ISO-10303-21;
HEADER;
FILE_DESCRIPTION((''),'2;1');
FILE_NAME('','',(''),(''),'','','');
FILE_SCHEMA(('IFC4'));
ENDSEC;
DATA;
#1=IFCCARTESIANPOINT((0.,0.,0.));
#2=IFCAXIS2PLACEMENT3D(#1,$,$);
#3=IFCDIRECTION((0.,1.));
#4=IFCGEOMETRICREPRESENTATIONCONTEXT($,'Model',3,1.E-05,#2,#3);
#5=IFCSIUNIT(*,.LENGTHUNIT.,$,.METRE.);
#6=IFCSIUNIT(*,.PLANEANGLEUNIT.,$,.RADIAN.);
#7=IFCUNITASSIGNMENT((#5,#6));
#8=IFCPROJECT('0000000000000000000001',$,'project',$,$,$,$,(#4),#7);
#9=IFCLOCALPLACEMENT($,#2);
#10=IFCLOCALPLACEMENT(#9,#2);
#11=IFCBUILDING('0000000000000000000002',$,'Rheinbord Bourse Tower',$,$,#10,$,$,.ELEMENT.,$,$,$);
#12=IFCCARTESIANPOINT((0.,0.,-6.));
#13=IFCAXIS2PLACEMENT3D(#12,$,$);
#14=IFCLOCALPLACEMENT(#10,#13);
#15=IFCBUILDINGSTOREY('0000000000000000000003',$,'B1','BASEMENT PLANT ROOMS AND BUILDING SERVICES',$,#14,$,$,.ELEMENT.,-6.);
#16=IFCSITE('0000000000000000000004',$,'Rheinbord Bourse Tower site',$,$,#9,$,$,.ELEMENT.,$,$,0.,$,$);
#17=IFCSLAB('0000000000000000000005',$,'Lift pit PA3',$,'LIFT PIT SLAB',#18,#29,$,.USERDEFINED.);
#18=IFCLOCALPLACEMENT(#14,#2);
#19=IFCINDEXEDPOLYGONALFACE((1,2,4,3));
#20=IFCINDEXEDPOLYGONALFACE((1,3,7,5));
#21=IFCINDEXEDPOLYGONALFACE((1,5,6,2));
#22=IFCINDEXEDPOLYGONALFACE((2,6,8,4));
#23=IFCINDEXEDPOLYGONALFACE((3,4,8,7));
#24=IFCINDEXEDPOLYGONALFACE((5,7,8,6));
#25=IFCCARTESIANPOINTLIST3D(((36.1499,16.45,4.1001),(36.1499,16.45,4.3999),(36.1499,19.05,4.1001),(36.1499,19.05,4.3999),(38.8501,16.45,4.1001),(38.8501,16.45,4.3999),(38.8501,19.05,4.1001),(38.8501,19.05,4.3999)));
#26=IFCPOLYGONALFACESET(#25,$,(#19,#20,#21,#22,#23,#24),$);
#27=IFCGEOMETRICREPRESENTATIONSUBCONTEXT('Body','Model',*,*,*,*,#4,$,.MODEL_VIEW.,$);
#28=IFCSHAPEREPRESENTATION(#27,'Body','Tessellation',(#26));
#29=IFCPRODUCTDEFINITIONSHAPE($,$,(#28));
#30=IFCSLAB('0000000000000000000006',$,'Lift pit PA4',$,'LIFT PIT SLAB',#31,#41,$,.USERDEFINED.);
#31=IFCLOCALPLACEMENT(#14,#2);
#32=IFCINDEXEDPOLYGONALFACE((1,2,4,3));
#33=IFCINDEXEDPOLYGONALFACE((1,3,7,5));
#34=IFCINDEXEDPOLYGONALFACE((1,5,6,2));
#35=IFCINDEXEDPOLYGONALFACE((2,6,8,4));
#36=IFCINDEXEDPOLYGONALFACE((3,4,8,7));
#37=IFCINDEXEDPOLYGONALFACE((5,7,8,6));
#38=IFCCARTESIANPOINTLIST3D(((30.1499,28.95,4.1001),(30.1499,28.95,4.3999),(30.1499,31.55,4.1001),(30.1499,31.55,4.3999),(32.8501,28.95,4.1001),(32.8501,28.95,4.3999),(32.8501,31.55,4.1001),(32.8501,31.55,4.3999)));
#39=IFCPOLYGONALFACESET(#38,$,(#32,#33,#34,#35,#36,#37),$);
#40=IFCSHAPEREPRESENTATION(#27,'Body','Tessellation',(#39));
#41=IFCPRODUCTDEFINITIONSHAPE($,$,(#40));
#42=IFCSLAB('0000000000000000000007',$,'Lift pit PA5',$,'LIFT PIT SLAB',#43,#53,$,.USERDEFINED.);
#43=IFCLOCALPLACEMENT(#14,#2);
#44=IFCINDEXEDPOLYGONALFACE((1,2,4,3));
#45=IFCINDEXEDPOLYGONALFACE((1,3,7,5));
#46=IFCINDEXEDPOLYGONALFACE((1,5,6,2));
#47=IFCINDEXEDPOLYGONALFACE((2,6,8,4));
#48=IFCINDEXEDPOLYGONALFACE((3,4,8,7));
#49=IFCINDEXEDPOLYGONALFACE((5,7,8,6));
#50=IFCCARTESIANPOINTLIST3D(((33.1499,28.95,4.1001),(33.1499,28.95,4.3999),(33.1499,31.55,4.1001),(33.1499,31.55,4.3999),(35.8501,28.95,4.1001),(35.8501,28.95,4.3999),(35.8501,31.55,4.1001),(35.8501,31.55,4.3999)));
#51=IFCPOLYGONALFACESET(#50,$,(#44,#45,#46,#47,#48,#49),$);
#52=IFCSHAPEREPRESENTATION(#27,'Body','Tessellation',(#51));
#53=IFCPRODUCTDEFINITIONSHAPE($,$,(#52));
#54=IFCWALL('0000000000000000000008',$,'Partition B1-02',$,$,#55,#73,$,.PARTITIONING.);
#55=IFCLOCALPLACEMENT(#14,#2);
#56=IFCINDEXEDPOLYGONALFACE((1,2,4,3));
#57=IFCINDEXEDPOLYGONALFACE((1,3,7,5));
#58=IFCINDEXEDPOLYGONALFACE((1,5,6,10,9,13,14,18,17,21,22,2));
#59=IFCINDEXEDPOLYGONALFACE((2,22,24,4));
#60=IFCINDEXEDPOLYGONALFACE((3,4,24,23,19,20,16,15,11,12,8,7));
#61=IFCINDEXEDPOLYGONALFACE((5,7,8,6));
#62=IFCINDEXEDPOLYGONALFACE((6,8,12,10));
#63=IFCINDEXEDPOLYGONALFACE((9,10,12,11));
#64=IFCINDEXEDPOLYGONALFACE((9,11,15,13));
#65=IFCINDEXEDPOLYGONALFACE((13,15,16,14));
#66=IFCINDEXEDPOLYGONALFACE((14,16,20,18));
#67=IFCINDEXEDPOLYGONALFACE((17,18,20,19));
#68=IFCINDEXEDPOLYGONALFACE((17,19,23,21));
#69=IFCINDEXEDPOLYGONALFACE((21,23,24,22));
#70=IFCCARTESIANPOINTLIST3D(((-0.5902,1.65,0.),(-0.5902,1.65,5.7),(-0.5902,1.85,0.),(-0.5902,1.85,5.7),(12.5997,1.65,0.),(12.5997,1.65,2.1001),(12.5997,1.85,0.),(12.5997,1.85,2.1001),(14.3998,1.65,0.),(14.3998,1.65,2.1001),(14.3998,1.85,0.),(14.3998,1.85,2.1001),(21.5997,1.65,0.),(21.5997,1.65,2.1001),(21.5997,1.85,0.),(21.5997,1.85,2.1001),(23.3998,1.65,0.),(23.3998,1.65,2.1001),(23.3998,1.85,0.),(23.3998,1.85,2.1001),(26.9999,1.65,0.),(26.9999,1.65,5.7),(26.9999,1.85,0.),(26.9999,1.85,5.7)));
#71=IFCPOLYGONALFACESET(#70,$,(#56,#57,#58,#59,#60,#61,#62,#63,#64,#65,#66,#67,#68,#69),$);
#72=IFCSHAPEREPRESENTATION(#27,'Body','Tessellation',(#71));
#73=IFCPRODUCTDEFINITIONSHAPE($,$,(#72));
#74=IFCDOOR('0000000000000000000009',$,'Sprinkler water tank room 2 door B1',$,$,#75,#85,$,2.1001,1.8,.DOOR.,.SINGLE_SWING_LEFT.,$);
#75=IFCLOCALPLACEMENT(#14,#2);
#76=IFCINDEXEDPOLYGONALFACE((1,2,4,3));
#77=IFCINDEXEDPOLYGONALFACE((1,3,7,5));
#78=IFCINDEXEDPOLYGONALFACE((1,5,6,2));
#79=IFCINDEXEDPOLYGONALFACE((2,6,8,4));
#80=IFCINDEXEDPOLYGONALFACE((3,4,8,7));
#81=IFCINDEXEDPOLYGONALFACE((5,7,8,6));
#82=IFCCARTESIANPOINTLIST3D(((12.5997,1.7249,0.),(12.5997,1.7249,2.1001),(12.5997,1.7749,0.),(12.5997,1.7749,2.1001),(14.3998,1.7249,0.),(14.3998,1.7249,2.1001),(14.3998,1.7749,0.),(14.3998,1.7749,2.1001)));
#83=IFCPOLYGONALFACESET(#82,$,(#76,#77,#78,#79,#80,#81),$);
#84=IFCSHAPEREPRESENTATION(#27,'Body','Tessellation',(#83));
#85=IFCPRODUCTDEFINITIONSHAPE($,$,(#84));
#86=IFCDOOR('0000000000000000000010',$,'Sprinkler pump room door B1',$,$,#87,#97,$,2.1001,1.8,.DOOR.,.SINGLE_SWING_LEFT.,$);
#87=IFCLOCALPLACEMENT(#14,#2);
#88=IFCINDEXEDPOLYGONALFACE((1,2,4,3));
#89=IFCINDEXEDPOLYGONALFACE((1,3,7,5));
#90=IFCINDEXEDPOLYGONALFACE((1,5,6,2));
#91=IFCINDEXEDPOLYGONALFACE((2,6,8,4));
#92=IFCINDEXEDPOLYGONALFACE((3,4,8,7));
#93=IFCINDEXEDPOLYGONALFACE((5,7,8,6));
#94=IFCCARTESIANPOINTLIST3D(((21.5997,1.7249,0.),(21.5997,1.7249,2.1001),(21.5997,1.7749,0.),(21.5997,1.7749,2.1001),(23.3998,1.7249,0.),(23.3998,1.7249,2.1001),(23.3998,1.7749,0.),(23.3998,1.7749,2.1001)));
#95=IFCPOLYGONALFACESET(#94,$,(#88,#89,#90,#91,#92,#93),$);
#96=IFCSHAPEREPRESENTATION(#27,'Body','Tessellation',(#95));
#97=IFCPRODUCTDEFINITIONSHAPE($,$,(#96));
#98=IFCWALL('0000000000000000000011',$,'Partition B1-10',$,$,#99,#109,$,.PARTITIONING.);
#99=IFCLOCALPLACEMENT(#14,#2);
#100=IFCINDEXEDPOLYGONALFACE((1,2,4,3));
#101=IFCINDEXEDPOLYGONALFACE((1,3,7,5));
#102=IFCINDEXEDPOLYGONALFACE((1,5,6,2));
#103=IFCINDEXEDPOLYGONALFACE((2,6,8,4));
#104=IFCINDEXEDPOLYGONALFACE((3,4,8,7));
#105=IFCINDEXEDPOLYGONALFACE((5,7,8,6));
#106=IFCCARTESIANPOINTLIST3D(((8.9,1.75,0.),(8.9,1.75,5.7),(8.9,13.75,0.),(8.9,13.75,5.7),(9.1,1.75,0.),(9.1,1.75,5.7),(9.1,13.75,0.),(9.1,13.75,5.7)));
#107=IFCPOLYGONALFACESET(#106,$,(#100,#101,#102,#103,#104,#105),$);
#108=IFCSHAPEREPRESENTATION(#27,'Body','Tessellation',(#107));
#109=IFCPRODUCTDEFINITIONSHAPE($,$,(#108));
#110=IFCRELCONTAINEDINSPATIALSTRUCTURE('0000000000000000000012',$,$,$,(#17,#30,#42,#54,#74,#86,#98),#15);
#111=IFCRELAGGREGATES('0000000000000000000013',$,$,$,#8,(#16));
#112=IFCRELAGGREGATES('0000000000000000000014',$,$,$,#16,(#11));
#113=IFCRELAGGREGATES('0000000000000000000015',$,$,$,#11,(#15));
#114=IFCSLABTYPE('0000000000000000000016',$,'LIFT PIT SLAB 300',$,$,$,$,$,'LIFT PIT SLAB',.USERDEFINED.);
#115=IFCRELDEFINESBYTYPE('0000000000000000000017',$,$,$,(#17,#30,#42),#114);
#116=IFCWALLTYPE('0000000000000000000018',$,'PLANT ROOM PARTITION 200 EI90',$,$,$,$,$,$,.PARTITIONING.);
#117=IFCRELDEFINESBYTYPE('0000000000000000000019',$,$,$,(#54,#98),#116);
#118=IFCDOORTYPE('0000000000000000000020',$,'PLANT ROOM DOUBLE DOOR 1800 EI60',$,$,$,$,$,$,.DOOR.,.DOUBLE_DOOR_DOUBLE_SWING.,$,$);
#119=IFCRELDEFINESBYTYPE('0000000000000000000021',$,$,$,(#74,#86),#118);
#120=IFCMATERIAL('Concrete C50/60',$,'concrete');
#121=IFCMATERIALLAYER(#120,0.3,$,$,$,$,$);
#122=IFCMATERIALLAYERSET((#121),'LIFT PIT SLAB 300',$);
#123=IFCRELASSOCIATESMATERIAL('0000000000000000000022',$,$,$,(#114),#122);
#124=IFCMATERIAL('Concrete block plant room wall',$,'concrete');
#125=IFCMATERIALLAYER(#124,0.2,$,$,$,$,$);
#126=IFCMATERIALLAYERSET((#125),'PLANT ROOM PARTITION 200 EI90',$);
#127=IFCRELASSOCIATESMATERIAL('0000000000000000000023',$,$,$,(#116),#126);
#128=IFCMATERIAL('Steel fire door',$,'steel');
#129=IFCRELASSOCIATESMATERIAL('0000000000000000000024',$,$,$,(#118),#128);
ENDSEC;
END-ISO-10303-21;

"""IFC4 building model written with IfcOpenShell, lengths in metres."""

from ifc_helpers import new_model, si_unit, direction, frame, frame_2d, origin, place, context, subcontext, project, spatial, polyline, rectangle, outline, extrude, material, layer, layer_set, type_object, element, fill, save


model = new_model("IFC4")

# Units and contexts
model_context = context("Model", 3, precision=1e-05, world=origin(), true_north=direction((0.0, 1.0)))
body_context = subcontext(model_context, "Body", "Model", "MODEL_VIEW")
ifc_project = project(units=[si_unit("LENGTHUNIT", "METRE"), si_unit("PLANEANGLEUNIT", "RADIAN")], contexts=[model_context])

# Site, building, storey
site_placement = place(None, origin())
site = spatial("IfcSite", under=ifc_project, at=site_placement, Name="Rheinbord Bourse Tower site", CompositionType="ELEMENT", RefElevation=0.0)
building_placement = place(site_placement, origin())
building = spatial("IfcBuilding", under=site, at=building_placement, Name="Rheinbord Bourse Tower", CompositionType="ELEMENT")
storey_placement = place(building_placement, frame((0.0, 0.0, -6.0)))
storey = spatial("IfcBuildingStorey", under=building, at=storey_placement, Name="B1", Description="BASEMENT PLANT ROOMS AND BUILDING SERVICES", CompositionType="ELEMENT", Elevation=-6.0)

# Slabs
ifc_material_1 = material(Name="Concrete C50/60", Category="concrete")
ifc_layer_1 = layer(ifc_material_1, 0.3)
ifc_layer_set_1 = layer_set([ifc_layer_1], Name="LIFT PIT SLAB 300")
slab_type = type_object("IfcSlabType", Name="LIFT PIT SLAB 300", ElementType="LIFT PIT SLAB", PredefinedType="USERDEFINED", material=ifc_layer_set_1)
slab_1_placement = place(storey_placement, frame((0.0, 0.0, 4.1001)))
element("IfcSlab", 1, at=slab_1_placement, inside=storey, type_object=slab_type, Name="Lift pit PA3", ObjectType="LIFT PIT SLAB", PredefinedType="USERDEFINED", context=body_context, shape_type="SweptSolid", body=[
    extrude(outline(polyline([(36.1499, 16.45), (38.8501, 16.45), (38.8501, 19.05), (36.1499, 19.05), (36.1499, 16.45)])), origin(), (0.0, 0.0, 1.0), 0.2998),
])
slab_2_placement = place(storey_placement, frame((0.0, 0.0, 4.1001)))
element("IfcSlab", 2, at=slab_2_placement, inside=storey, type_object=slab_type, Name="Lift pit PA4", ObjectType="LIFT PIT SLAB", PredefinedType="USERDEFINED", context=body_context, shape_type="SweptSolid", body=[
    extrude(outline(polyline([(30.1499, 28.95), (32.8501, 28.95), (32.8501, 31.55), (30.1499, 31.55), (30.1499, 28.95)])), origin(), (0.0, 0.0, 1.0), 0.2998),
])
slab_3_placement = place(storey_placement, frame((0.0, 0.0, 4.1001)))
element("IfcSlab", 3, at=slab_3_placement, inside=storey, type_object=slab_type, Name="Lift pit PA5", ObjectType="LIFT PIT SLAB", PredefinedType="USERDEFINED", context=body_context, shape_type="SweptSolid", body=[
    extrude(outline(polyline([(33.1499, 28.95), (35.8501, 28.95), (35.8501, 31.55), (33.1499, 31.55), (33.1499, 28.95)])), origin(), (0.0, 0.0, 1.0), 0.2998),
])

# Wall, openings, doors
ifc_material_2 = material(Name="Concrete block plant room wall", Category="concrete")
ifc_layer_2 = layer(ifc_material_2, 0.2)
ifc_layer_set_2 = layer_set([ifc_layer_2], Name="PLANT ROOM PARTITION 200 EI90")
wall_type = type_object("IfcWallType", Name="PLANT ROOM PARTITION 200 EI90", PredefinedType="PARTITIONING", material=ifc_layer_set_2)
wall_1_placement = place(storey_placement, frame((-0.5901, 1.75, 0.0), z_axis=(0.0, 0.0, 1.0), x_axis=(1.0, 0.0, 0.0)))
wall_1 = element("IfcWall", 4, at=wall_1_placement, inside=storey, type_object=wall_type, Name="Partition B1-02", PredefinedType="PARTITIONING", context=body_context, shape_type="SweptSolid", body=[
    extrude(rectangle(XDim=27.5901, YDim=0.2, at=frame_2d((13.7949, 0.0))), origin(), (0.0, 0.0, 1.0), 5.7),
])
opening_1_placement = place(wall_1_placement, frame((13.1899, 0.0, 0.0)))
opening_1 = element("IfcOpeningElement", 5, at=opening_1_placement, cuts=wall_1, PredefinedType="OPENING", context=body_context, shape_type="SweptSolid", body=[
    extrude(rectangle(XDim=1.8, YDim=2.1001, at=frame_2d((0.8999, 1.05))), frame((0.0, 0.1099, 0.0), z_axis=(0.0, -1.0, 0.0), x_axis=(1.0, 0.0, 0.0)), (0.0, 0.0, 1.0), 0.22),
])
opening_2_placement = place(wall_1_placement, frame((22.1899, 0.0, 0.0)))
opening_2 = element("IfcOpeningElement", 6, at=opening_2_placement, cuts=wall_1, PredefinedType="OPENING", context=body_context, shape_type="SweptSolid", body=[
    extrude(rectangle(XDim=1.8, YDim=2.1001, at=frame_2d((0.8999, 1.05))), frame((0.0, 0.1099, 0.0), z_axis=(0.0, -1.0, 0.0), x_axis=(1.0, 0.0, 0.0)), (0.0, 0.0, 1.0), 0.22),
])
ifc_material_3 = material(Name="Steel fire door", Category="steel")
door_type = type_object("IfcDoorType", Name="PLANT ROOM DOUBLE DOOR 1800 EI60", OperationType="DOUBLE_DOOR_DOUBLE_SWING", PredefinedType="DOOR", material=ifc_material_3)
door_1_placement = place(opening_1_placement, origin())
door_1 = element("IfcDoor", 7, at=door_1_placement, inside=storey, type_object=door_type, Name="Sprinkler water tank room 2 door B1", OperationType="SINGLE_SWING_LEFT", OverallHeight=2.1001, OverallWidth=1.8, PredefinedType="DOOR", context=body_context, shape_type="SweptSolid", body=[
    extrude(rectangle(XDim=1.8, YDim=2.1001, at=frame_2d((0.8999, 1.05))), frame((0.0, 0.0249, 0.0), z_axis=(0.0, -1.0, 0.0), x_axis=(1.0, 0.0, 0.0)), (0.0, 0.0, 1.0), 0.05),
])
fill(opening_1, door_1)
door_2_placement = place(opening_2_placement, origin())
door_2 = element("IfcDoor", 8, at=door_2_placement, inside=storey, type_object=door_type, Name="Sprinkler pump room door B1", OperationType="SINGLE_SWING_LEFT", OverallHeight=2.1001, OverallWidth=1.8, PredefinedType="DOOR", context=body_context, shape_type="SweptSolid", body=[
    extrude(rectangle(XDim=1.8, YDim=2.1001, at=frame_2d((0.8999, 1.05))), frame((0.0, 0.0249, 0.0), z_axis=(0.0, -1.0, 0.0), x_axis=(1.0, 0.0, 0.0)), (0.0, 0.0, 1.0), 0.05),
])
fill(opening_2, door_2)

# Wall
wall_2_placement = place(storey_placement, frame((9.0, 1.75, 0.0), z_axis=(0.0, 0.0, 1.0), x_axis=(0.0, 1.0, 0.0)))
element("IfcWall", 9, at=wall_2_placement, inside=storey, type_object=wall_type, Name="Partition B1-10", PredefinedType="PARTITIONING", context=body_context, shape_type="SweptSolid", body=[
    extrude(rectangle(XDim=12.0, YDim=0.2, at=frame_2d((6.0, 0.0))), origin(), (0.0, 0.0, 1.0), 5.7),
])

save(model, "model.ifc")
